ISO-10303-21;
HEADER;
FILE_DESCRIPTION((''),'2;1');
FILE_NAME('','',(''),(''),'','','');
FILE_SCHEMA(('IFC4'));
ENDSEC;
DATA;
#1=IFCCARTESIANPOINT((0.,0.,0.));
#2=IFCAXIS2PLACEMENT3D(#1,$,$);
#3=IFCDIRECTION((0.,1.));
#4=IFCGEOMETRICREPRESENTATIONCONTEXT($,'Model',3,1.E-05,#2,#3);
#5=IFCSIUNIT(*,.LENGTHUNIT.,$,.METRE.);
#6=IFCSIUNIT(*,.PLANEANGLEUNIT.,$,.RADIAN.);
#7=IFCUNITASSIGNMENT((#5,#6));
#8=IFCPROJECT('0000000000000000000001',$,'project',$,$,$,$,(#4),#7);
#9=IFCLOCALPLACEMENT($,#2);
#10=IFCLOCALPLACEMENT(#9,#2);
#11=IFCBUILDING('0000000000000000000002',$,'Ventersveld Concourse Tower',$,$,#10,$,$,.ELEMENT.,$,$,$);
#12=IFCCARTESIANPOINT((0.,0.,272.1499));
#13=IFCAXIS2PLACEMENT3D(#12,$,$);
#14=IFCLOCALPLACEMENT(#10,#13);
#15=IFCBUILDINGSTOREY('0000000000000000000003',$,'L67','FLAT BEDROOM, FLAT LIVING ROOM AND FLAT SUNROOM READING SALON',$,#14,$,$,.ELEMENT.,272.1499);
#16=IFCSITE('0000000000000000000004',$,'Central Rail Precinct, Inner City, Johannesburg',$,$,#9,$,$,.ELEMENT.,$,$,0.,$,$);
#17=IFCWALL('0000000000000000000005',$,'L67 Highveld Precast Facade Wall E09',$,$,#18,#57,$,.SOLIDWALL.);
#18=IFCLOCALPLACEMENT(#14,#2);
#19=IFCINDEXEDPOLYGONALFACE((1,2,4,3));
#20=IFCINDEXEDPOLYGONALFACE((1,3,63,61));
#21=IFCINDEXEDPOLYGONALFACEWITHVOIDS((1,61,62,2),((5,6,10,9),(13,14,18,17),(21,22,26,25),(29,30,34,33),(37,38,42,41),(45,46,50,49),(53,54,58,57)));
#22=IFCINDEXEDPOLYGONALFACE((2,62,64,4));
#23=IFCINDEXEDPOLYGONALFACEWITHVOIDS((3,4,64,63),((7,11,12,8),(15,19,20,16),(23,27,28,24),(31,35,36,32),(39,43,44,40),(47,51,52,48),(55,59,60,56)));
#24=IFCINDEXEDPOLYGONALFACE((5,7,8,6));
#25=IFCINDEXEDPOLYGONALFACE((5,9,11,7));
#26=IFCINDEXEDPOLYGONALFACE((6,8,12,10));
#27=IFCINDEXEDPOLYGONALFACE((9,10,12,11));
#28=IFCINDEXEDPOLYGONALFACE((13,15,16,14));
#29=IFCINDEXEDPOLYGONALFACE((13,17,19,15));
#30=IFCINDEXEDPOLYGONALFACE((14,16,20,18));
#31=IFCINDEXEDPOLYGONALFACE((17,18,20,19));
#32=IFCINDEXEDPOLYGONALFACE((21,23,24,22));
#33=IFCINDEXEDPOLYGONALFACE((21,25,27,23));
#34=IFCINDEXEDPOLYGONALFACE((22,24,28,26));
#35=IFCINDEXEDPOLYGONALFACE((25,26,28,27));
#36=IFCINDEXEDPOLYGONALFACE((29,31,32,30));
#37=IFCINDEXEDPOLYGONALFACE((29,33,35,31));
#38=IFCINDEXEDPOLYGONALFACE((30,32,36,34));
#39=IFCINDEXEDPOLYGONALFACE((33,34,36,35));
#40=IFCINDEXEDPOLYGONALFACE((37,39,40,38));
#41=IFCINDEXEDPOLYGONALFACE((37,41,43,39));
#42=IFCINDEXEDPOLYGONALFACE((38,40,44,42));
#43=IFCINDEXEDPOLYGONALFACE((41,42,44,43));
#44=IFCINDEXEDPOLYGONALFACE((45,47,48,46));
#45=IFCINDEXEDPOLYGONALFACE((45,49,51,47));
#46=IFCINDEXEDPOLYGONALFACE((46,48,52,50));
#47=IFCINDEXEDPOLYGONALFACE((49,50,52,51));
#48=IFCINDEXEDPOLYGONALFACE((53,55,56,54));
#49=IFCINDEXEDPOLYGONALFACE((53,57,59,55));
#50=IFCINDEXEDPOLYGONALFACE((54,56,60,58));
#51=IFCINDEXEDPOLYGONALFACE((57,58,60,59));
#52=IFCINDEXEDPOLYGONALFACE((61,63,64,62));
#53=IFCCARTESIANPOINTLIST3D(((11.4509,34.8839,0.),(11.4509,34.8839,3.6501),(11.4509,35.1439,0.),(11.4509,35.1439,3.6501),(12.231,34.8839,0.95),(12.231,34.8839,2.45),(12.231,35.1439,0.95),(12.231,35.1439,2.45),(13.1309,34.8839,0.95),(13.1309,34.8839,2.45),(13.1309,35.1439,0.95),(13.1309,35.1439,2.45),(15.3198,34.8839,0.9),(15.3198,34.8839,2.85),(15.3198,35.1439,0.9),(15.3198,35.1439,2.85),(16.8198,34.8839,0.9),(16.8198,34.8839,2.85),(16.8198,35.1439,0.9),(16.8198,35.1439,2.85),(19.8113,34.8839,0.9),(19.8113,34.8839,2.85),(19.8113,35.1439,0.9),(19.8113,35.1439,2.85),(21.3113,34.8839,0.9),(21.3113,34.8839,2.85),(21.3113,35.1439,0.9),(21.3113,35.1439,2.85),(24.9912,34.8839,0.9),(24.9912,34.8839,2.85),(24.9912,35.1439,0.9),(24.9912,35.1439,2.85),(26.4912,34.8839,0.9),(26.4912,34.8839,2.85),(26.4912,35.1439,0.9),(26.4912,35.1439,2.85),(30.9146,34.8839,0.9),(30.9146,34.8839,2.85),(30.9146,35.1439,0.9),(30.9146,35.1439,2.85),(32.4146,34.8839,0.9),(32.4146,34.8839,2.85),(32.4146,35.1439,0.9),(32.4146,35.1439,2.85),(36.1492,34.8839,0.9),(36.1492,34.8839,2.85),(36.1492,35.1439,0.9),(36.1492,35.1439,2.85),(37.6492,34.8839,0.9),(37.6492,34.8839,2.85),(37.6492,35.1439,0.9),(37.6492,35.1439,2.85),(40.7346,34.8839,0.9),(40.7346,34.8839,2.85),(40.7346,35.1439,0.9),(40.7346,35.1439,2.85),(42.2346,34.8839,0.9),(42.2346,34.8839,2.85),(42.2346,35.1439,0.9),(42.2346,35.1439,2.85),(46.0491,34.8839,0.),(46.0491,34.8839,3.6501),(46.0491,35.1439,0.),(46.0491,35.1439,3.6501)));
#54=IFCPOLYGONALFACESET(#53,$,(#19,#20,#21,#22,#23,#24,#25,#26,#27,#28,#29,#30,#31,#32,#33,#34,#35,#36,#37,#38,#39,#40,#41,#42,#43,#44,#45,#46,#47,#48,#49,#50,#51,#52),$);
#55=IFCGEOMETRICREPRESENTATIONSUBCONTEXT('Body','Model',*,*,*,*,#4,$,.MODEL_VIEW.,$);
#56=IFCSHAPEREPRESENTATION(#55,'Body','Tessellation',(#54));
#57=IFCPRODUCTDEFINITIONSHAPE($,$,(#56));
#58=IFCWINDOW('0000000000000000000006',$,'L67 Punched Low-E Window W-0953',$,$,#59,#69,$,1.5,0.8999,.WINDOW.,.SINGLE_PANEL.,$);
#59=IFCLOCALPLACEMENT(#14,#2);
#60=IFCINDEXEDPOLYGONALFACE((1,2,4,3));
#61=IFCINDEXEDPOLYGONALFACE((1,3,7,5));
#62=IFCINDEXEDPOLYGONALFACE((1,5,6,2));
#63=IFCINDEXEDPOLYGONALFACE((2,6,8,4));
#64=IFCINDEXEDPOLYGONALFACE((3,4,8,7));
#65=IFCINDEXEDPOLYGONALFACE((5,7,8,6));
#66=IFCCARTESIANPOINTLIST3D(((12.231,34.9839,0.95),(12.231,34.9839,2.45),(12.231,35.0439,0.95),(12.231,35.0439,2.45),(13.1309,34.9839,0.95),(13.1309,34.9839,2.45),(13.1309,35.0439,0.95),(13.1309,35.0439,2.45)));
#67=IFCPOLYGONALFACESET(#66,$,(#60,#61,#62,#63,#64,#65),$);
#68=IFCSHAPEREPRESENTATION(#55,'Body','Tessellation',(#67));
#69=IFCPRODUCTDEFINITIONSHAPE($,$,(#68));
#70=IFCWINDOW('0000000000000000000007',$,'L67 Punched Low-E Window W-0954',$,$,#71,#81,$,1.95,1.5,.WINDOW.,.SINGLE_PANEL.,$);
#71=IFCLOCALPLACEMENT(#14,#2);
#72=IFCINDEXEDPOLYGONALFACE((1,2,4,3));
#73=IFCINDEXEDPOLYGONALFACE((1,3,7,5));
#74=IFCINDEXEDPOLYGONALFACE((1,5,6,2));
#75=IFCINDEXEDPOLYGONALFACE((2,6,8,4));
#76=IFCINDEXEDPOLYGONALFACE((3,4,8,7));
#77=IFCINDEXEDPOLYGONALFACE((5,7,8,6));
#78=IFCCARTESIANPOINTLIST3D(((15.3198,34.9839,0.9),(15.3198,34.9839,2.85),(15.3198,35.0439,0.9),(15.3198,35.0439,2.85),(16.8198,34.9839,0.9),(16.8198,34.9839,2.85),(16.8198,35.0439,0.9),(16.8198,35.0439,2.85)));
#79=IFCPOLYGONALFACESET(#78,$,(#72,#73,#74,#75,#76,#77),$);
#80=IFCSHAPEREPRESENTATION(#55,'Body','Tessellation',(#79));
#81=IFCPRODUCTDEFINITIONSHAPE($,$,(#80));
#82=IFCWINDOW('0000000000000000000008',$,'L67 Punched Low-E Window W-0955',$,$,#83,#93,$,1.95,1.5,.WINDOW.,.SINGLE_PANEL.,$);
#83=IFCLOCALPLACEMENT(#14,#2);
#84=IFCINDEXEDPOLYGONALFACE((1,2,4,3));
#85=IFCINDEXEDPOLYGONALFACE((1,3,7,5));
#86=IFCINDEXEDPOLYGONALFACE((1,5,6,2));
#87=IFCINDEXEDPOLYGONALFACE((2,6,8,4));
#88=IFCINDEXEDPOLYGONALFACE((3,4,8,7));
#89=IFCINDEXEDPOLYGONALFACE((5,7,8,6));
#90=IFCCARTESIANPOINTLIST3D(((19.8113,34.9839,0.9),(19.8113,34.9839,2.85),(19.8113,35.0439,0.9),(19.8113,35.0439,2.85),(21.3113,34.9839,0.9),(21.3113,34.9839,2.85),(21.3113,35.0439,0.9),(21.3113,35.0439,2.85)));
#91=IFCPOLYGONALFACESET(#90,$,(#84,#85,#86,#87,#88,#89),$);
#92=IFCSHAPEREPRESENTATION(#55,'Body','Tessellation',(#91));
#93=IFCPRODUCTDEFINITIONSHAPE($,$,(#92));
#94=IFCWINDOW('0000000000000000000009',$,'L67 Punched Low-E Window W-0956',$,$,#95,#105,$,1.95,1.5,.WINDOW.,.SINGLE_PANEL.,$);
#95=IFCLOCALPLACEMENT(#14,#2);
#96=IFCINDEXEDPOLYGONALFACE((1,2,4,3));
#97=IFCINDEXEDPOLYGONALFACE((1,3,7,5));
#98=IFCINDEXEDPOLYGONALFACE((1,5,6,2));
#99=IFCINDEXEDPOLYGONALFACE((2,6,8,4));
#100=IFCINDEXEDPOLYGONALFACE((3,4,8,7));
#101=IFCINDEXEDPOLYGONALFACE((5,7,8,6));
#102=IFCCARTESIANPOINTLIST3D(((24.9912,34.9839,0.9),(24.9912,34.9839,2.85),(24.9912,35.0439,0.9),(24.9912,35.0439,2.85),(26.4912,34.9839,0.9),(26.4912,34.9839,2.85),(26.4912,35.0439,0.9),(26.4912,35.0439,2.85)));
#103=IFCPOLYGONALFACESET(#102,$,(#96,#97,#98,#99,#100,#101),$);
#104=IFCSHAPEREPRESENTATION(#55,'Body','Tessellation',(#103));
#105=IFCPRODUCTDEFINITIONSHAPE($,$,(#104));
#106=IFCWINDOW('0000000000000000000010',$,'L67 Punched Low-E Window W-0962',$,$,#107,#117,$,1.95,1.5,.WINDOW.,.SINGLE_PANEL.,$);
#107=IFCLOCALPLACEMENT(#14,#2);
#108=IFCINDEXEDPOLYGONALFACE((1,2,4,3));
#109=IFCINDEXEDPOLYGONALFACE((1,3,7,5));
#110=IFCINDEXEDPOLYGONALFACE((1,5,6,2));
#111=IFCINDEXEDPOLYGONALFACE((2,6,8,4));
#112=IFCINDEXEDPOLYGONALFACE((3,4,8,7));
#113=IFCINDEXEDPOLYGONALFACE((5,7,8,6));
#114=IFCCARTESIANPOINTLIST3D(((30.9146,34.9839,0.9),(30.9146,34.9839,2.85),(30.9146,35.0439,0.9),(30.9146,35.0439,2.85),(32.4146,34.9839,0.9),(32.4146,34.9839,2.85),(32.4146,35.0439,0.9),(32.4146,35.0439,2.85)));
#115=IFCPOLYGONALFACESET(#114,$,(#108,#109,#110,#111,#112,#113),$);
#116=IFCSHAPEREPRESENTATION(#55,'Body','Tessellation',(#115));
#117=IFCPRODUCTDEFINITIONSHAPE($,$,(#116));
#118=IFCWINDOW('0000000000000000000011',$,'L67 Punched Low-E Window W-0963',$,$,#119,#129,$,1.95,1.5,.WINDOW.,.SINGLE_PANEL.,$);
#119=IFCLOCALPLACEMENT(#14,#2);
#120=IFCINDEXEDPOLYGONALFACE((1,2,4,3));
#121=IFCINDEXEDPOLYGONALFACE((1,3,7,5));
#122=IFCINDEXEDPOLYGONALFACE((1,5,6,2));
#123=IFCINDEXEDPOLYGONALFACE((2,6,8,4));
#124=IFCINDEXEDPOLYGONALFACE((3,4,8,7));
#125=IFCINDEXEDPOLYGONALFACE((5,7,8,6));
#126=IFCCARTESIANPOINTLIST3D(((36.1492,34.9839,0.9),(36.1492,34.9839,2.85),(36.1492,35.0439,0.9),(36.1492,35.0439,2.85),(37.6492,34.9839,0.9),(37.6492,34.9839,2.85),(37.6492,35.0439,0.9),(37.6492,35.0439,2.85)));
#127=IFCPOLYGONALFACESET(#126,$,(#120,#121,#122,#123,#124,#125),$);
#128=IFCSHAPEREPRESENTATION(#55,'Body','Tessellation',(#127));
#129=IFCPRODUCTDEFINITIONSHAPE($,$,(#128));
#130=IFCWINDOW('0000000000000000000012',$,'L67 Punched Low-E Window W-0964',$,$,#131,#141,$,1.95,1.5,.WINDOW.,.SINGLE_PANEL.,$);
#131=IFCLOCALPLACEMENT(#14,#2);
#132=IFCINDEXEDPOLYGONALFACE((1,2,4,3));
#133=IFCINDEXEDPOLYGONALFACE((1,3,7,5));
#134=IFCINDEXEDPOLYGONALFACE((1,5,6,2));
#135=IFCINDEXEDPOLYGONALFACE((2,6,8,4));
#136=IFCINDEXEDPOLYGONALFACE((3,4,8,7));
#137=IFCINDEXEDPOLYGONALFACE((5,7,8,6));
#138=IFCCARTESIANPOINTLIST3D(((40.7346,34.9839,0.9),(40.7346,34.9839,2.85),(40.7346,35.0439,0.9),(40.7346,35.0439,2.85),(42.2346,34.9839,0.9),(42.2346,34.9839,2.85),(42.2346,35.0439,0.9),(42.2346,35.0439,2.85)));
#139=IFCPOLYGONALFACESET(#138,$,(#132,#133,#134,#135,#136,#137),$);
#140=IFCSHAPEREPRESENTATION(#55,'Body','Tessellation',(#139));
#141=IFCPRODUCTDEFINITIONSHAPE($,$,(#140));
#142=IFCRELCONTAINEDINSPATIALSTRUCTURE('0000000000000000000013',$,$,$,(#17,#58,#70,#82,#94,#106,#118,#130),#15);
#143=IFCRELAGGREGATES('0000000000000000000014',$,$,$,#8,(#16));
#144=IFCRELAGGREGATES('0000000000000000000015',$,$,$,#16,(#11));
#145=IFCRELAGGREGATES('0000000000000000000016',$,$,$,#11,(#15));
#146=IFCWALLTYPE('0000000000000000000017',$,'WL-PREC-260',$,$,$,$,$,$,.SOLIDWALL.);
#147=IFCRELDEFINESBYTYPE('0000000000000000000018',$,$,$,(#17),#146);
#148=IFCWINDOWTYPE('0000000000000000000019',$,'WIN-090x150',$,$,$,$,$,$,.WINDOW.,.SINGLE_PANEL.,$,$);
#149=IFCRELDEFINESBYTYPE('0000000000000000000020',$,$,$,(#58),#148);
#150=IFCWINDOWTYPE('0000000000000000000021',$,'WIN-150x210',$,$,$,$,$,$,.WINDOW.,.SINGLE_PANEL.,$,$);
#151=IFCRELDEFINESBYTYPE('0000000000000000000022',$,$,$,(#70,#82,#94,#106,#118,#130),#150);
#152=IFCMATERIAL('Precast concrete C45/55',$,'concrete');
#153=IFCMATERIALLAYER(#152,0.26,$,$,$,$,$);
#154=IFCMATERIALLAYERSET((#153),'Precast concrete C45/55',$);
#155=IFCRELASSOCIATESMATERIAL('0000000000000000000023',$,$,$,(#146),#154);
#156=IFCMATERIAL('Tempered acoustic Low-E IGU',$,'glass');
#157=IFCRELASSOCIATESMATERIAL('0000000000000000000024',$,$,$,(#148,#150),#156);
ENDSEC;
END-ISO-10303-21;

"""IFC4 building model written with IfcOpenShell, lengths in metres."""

from ifc_helpers import new_model, si_unit, direction, frame, frame_2d, origin, place, context, subcontext, project, spatial, rectangle, extrude, material, layer, layer_set, type_object, element, fill, save


model = new_model("IFC4")

# Units and contexts
model_context = context("Model", 3, precision=1e-05, world=origin(), true_north=direction((0.0, 1.0)))
body_context = subcontext(model_context, "Body", "Model", "MODEL_VIEW")
ifc_project = project(units=[si_unit("LENGTHUNIT", "METRE"), si_unit("PLANEANGLEUNIT", "RADIAN")], contexts=[model_context])

# Site, building, storey
site_placement = place(None, origin())
site = spatial("IfcSite", under=ifc_project, at=site_placement, Name="Central Rail Precinct, Inner City, Johannesburg", CompositionType="ELEMENT", RefElevation=0.0)
building_placement = place(site_placement, origin())
building = spatial("IfcBuilding", under=site, at=building_placement, Name="Ventersveld Concourse Tower", CompositionType="ELEMENT")
storey_placement = place(building_placement, frame((0.0, 0.0, 272.1499)))
storey = spatial("IfcBuildingStorey", under=building, at=storey_placement, Name="L67", Description="FLAT BEDROOM, FLAT LIVING ROOM AND FLAT SUNROOM READING SALON", CompositionType="ELEMENT", Elevation=272.1499)

# Shared definitions
ifc_material_1 = material(Name="Precast concrete C45/55", Category="concrete")
ifc_layer_1 = layer(ifc_material_1, 0.26)
ifc_layer_set_1 = layer_set([ifc_layer_1], Name="Precast concrete C45/55")
wall_type_1 = type_object("IfcWallType", Name="WL-PREC-260", PredefinedType="SOLIDWALL", material=ifc_layer_set_1)

# Wall, openings, windows
wall_1_placement = place(storey_placement, frame((46.0491, 35.0139, 0.0), z_axis=(0.0, 0.0, 1.0), x_axis=(-1.0, 0.0, 0.0)))
wall_1 = element("IfcWall", 1, at=wall_1_placement, inside=storey, type_object=wall_type_1, Name="L67 Highveld Precast Facade Wall E09", PredefinedType="SOLIDWALL", context=body_context, shape_type="SweptSolid", body=[
    extrude(rectangle(XDim=34.5981, YDim=0.26, at=frame_2d((17.2991, 0.0))), origin(), (0.0, 0.0, 1.0), 3.6501),
])
opening_1_placement = place(wall_1_placement, frame((32.9182, 0.0, 0.95)))
opening_1 = element("IfcOpeningElement", 2, at=opening_1_placement, cuts=wall_1, PredefinedType="OPENING", context=body_context, shape_type="SweptSolid", body=[
    extrude(rectangle(XDim=0.8999, YDim=1.5, at=frame_2d((0.45, 0.75))), frame((0.0, 0.1401, 0.0), z_axis=(0.0, -1.0, 0.0), x_axis=(1.0, 0.0, 0.0)), (0.0, 0.0, 1.0), 0.28),
])
opening_2_placement = place(wall_1_placement, frame((29.2292, 0.0, 0.8999)))
opening_2 = element("IfcOpeningElement", 3, at=opening_2_placement, cuts=wall_1, PredefinedType="OPENING", context=body_context, shape_type="SweptSolid", body=[
    extrude(rectangle(XDim=1.5, YDim=1.95, at=frame_2d((0.75, 0.9751))), frame((0.0, 0.1401, 0.0), z_axis=(0.0, -1.0, 0.0), x_axis=(1.0, 0.0, 0.0)), (0.0, 0.0, 1.0), 0.28),
])
opening_3_placement = place(wall_1_placement, frame((24.7378, 0.0, 0.8999)))
opening_3 = element("IfcOpeningElement", 4, at=opening_3_placement, cuts=wall_1, PredefinedType="OPENING", context=body_context, shape_type="SweptSolid", body=[
    extrude(rectangle(XDim=1.5, YDim=1.95, at=frame_2d((0.75, 0.9751))), frame((0.0, 0.1401, 0.0), z_axis=(0.0, -1.0, 0.0), x_axis=(1.0, 0.0, 0.0)), (0.0, 0.0, 1.0), 0.28),
])
opening_4_placement = place(wall_1_placement, frame((19.5579, 0.0, 0.8999)))
opening_4 = element("IfcOpeningElement", 5, at=opening_4_placement, cuts=wall_1, PredefinedType="OPENING", context=body_context, shape_type="SweptSolid", body=[
    extrude(rectangle(XDim=1.5, YDim=1.95, at=frame_2d((0.75, 0.9751))), frame((0.0, 0.1401, 0.0), z_axis=(0.0, -1.0, 0.0), x_axis=(1.0, 0.0, 0.0)), (0.0, 0.0, 1.0), 0.28),
])
opening_5_placement = place(wall_1_placement, frame((13.6345, 0.0, 0.8999)))
opening_5 = element("IfcOpeningElement", 6, at=opening_5_placement, cuts=wall_1, PredefinedType="OPENING", context=body_context, shape_type="SweptSolid", body=[
    extrude(rectangle(XDim=1.5, YDim=1.95, at=frame_2d((0.75, 0.9751))), frame((0.0, 0.1401, 0.0), z_axis=(0.0, -1.0, 0.0), x_axis=(1.0, 0.0, 0.0)), (0.0, 0.0, 1.0), 0.28),
])
opening_6_placement = place(wall_1_placement, frame((8.3999, 0.0, 0.8999)))
opening_6 = element("IfcOpeningElement", 7, at=opening_6_placement, cuts=wall_1, PredefinedType="OPENING", context=body_context, shape_type="SweptSolid", body=[
    extrude(rectangle(XDim=1.5, YDim=1.95, at=frame_2d((0.75, 0.9751))), frame((0.0, 0.1401, 0.0), z_axis=(0.0, -1.0, 0.0), x_axis=(1.0, 0.0, 0.0)), (0.0, 0.0, 1.0), 0.28),
])
opening_7_placement = place(wall_1_placement, frame((3.8145, 0.0, 0.8999)))
opening_7 = element("IfcOpeningElement", 8, at=opening_7_placement, cuts=wall_1, PredefinedType="OPENING", context=body_context, shape_type="SweptSolid", body=[
    extrude(rectangle(XDim=1.5, YDim=1.95, at=frame_2d((0.75, 0.9751))), frame((0.0, 0.1401, 0.0), z_axis=(0.0, -1.0, 0.0), x_axis=(1.0, 0.0, 0.0)), (0.0, 0.0, 1.0), 0.28),
])
ifc_material_2 = material(Name="Tempered acoustic Low-E IGU", Category="glass")
window_type_1 = type_object("IfcWindowType", Name="WIN-090x150", PartitioningType="SINGLE_PANEL", PredefinedType="WINDOW", material=ifc_material_2)
window_1_placement = place(opening_1_placement, origin())
window_1 = element("IfcWindow", 9, at=window_1_placement, inside=storey, type_object=window_type_1, Name="L67 Punched Low-E Window W-0953", OverallHeight=1.5, OverallWidth=0.8999, PartitioningType="SINGLE_PANEL", PredefinedType="WINDOW", context=body_context, shape_type="SweptSolid", body=[
    extrude(rectangle(XDim=0.8999, YDim=1.5, at=frame_2d((0.45, 0.75))), frame((0.0, 0.03, 0.0), z_axis=(0.0, -1.0, 0.0), x_axis=(1.0, 0.0, 0.0)), (0.0, 0.0, 1.0), 0.0601),
])
fill(opening_1, window_1)
window_type_2 = type_object("IfcWindowType", Name="WIN-150x210", PartitioningType="SINGLE_PANEL", PredefinedType="WINDOW", material=ifc_material_2)
window_2_placement = place(opening_2_placement, origin())
window_2 = element("IfcWindow", 10, at=window_2_placement, inside=storey, type_object=window_type_2, Name="L67 Punched Low-E Window W-0954", OverallHeight=1.95, OverallWidth=1.5, PartitioningType="SINGLE_PANEL", PredefinedType="WINDOW", context=body_context, shape_type="SweptSolid", body=[
    extrude(rectangle(XDim=1.5, YDim=1.95, at=frame_2d((0.75, 0.9751))), frame((0.0, 0.03, 0.0), z_axis=(0.0, -1.0, 0.0), x_axis=(1.0, 0.0, 0.0)), (0.0, 0.0, 1.0), 0.0601),
])
fill(opening_2, window_2)
window_3_placement = place(opening_3_placement, origin())
window_3 = element("IfcWindow", 11, at=window_3_placement, inside=storey, type_object=window_type_2, Name="L67 Punched Low-E Window W-0955", OverallHeight=1.95, OverallWidth=1.5, PartitioningType="SINGLE_PANEL", PredefinedType="WINDOW", context=body_context, shape_type="SweptSolid", body=[
    extrude(rectangle(XDim=1.5, YDim=1.95, at=frame_2d((0.75, 0.9751))), frame((0.0, 0.03, 0.0), z_axis=(0.0, -1.0, 0.0), x_axis=(1.0, 0.0, 0.0)), (0.0, 0.0, 1.0), 0.0601),
])
fill(opening_3, window_3)
window_4_placement = place(opening_4_placement, origin())
window_4 = element("IfcWindow", 12, at=window_4_placement, inside=storey, type_object=window_type_2, Name="L67 Punched Low-E Window W-0956", OverallHeight=1.95, OverallWidth=1.5, PartitioningType="SINGLE_PANEL", PredefinedType="WINDOW", context=body_context, shape_type="SweptSolid", body=[
    extrude(rectangle(XDim=1.5, YDim=1.95, at=frame_2d((0.75, 0.9751))), frame((0.0, 0.03, 0.0), z_axis=(0.0, -1.0, 0.0), x_axis=(1.0, 0.0, 0.0)), (0.0, 0.0, 1.0), 0.0601),
])
fill(opening_4, window_4)
window_5_placement = place(opening_5_placement, origin())
window_5 = element("IfcWindow", 13, at=window_5_placement, inside=storey, type_object=window_type_2, Name="L67 Punched Low-E Window W-0962", OverallHeight=1.95, OverallWidth=1.5, PartitioningType="SINGLE_PANEL", PredefinedType="WINDOW", context=body_context, shape_type="SweptSolid", body=[
    extrude(rectangle(XDim=1.5, YDim=1.95, at=frame_2d((0.75, 0.9751))), frame((0.0, 0.03, 0.0), z_axis=(0.0, -1.0, 0.0), x_axis=(1.0, 0.0, 0.0)), (0.0, 0.0, 1.0), 0.0601),
])
fill(opening_5, window_5)
window_6_placement = place(opening_6_placement, origin())
window_6 = element("IfcWindow", 14, at=window_6_placement, inside=storey, type_object=window_type_2, Name="L67 Punched Low-E Window W-0963", OverallHeight=1.95, OverallWidth=1.5, PartitioningType="SINGLE_PANEL", PredefinedType="WINDOW", context=body_context, shape_type="SweptSolid", body=[
    extrude(rectangle(XDim=1.5, YDim=1.95, at=frame_2d((0.75, 0.9751))), frame((0.0, 0.03, 0.0), z_axis=(0.0, -1.0, 0.0), x_axis=(1.0, 0.0, 0.0)), (0.0, 0.0, 1.0), 0.0601),
])
fill(opening_6, window_6)
window_7_placement = place(opening_7_placement, origin())
window_7 = element("IfcWindow", 15, at=window_7_placement, inside=storey, type_object=window_type_2, Name="L67 Punched Low-E Window W-0964", OverallHeight=1.95, OverallWidth=1.5, PartitioningType="SINGLE_PANEL", PredefinedType="WINDOW", context=body_context, shape_type="SweptSolid", body=[
    extrude(rectangle(XDim=1.5, YDim=1.95, at=frame_2d((0.75, 0.9751))), frame((0.0, 0.03, 0.0), z_axis=(0.0, -1.0, 0.0), x_axis=(1.0, 0.0, 0.0)), (0.0, 0.0, 1.0), 0.0601),
])
fill(opening_7, window_7)

save(model, "model.ifc")
